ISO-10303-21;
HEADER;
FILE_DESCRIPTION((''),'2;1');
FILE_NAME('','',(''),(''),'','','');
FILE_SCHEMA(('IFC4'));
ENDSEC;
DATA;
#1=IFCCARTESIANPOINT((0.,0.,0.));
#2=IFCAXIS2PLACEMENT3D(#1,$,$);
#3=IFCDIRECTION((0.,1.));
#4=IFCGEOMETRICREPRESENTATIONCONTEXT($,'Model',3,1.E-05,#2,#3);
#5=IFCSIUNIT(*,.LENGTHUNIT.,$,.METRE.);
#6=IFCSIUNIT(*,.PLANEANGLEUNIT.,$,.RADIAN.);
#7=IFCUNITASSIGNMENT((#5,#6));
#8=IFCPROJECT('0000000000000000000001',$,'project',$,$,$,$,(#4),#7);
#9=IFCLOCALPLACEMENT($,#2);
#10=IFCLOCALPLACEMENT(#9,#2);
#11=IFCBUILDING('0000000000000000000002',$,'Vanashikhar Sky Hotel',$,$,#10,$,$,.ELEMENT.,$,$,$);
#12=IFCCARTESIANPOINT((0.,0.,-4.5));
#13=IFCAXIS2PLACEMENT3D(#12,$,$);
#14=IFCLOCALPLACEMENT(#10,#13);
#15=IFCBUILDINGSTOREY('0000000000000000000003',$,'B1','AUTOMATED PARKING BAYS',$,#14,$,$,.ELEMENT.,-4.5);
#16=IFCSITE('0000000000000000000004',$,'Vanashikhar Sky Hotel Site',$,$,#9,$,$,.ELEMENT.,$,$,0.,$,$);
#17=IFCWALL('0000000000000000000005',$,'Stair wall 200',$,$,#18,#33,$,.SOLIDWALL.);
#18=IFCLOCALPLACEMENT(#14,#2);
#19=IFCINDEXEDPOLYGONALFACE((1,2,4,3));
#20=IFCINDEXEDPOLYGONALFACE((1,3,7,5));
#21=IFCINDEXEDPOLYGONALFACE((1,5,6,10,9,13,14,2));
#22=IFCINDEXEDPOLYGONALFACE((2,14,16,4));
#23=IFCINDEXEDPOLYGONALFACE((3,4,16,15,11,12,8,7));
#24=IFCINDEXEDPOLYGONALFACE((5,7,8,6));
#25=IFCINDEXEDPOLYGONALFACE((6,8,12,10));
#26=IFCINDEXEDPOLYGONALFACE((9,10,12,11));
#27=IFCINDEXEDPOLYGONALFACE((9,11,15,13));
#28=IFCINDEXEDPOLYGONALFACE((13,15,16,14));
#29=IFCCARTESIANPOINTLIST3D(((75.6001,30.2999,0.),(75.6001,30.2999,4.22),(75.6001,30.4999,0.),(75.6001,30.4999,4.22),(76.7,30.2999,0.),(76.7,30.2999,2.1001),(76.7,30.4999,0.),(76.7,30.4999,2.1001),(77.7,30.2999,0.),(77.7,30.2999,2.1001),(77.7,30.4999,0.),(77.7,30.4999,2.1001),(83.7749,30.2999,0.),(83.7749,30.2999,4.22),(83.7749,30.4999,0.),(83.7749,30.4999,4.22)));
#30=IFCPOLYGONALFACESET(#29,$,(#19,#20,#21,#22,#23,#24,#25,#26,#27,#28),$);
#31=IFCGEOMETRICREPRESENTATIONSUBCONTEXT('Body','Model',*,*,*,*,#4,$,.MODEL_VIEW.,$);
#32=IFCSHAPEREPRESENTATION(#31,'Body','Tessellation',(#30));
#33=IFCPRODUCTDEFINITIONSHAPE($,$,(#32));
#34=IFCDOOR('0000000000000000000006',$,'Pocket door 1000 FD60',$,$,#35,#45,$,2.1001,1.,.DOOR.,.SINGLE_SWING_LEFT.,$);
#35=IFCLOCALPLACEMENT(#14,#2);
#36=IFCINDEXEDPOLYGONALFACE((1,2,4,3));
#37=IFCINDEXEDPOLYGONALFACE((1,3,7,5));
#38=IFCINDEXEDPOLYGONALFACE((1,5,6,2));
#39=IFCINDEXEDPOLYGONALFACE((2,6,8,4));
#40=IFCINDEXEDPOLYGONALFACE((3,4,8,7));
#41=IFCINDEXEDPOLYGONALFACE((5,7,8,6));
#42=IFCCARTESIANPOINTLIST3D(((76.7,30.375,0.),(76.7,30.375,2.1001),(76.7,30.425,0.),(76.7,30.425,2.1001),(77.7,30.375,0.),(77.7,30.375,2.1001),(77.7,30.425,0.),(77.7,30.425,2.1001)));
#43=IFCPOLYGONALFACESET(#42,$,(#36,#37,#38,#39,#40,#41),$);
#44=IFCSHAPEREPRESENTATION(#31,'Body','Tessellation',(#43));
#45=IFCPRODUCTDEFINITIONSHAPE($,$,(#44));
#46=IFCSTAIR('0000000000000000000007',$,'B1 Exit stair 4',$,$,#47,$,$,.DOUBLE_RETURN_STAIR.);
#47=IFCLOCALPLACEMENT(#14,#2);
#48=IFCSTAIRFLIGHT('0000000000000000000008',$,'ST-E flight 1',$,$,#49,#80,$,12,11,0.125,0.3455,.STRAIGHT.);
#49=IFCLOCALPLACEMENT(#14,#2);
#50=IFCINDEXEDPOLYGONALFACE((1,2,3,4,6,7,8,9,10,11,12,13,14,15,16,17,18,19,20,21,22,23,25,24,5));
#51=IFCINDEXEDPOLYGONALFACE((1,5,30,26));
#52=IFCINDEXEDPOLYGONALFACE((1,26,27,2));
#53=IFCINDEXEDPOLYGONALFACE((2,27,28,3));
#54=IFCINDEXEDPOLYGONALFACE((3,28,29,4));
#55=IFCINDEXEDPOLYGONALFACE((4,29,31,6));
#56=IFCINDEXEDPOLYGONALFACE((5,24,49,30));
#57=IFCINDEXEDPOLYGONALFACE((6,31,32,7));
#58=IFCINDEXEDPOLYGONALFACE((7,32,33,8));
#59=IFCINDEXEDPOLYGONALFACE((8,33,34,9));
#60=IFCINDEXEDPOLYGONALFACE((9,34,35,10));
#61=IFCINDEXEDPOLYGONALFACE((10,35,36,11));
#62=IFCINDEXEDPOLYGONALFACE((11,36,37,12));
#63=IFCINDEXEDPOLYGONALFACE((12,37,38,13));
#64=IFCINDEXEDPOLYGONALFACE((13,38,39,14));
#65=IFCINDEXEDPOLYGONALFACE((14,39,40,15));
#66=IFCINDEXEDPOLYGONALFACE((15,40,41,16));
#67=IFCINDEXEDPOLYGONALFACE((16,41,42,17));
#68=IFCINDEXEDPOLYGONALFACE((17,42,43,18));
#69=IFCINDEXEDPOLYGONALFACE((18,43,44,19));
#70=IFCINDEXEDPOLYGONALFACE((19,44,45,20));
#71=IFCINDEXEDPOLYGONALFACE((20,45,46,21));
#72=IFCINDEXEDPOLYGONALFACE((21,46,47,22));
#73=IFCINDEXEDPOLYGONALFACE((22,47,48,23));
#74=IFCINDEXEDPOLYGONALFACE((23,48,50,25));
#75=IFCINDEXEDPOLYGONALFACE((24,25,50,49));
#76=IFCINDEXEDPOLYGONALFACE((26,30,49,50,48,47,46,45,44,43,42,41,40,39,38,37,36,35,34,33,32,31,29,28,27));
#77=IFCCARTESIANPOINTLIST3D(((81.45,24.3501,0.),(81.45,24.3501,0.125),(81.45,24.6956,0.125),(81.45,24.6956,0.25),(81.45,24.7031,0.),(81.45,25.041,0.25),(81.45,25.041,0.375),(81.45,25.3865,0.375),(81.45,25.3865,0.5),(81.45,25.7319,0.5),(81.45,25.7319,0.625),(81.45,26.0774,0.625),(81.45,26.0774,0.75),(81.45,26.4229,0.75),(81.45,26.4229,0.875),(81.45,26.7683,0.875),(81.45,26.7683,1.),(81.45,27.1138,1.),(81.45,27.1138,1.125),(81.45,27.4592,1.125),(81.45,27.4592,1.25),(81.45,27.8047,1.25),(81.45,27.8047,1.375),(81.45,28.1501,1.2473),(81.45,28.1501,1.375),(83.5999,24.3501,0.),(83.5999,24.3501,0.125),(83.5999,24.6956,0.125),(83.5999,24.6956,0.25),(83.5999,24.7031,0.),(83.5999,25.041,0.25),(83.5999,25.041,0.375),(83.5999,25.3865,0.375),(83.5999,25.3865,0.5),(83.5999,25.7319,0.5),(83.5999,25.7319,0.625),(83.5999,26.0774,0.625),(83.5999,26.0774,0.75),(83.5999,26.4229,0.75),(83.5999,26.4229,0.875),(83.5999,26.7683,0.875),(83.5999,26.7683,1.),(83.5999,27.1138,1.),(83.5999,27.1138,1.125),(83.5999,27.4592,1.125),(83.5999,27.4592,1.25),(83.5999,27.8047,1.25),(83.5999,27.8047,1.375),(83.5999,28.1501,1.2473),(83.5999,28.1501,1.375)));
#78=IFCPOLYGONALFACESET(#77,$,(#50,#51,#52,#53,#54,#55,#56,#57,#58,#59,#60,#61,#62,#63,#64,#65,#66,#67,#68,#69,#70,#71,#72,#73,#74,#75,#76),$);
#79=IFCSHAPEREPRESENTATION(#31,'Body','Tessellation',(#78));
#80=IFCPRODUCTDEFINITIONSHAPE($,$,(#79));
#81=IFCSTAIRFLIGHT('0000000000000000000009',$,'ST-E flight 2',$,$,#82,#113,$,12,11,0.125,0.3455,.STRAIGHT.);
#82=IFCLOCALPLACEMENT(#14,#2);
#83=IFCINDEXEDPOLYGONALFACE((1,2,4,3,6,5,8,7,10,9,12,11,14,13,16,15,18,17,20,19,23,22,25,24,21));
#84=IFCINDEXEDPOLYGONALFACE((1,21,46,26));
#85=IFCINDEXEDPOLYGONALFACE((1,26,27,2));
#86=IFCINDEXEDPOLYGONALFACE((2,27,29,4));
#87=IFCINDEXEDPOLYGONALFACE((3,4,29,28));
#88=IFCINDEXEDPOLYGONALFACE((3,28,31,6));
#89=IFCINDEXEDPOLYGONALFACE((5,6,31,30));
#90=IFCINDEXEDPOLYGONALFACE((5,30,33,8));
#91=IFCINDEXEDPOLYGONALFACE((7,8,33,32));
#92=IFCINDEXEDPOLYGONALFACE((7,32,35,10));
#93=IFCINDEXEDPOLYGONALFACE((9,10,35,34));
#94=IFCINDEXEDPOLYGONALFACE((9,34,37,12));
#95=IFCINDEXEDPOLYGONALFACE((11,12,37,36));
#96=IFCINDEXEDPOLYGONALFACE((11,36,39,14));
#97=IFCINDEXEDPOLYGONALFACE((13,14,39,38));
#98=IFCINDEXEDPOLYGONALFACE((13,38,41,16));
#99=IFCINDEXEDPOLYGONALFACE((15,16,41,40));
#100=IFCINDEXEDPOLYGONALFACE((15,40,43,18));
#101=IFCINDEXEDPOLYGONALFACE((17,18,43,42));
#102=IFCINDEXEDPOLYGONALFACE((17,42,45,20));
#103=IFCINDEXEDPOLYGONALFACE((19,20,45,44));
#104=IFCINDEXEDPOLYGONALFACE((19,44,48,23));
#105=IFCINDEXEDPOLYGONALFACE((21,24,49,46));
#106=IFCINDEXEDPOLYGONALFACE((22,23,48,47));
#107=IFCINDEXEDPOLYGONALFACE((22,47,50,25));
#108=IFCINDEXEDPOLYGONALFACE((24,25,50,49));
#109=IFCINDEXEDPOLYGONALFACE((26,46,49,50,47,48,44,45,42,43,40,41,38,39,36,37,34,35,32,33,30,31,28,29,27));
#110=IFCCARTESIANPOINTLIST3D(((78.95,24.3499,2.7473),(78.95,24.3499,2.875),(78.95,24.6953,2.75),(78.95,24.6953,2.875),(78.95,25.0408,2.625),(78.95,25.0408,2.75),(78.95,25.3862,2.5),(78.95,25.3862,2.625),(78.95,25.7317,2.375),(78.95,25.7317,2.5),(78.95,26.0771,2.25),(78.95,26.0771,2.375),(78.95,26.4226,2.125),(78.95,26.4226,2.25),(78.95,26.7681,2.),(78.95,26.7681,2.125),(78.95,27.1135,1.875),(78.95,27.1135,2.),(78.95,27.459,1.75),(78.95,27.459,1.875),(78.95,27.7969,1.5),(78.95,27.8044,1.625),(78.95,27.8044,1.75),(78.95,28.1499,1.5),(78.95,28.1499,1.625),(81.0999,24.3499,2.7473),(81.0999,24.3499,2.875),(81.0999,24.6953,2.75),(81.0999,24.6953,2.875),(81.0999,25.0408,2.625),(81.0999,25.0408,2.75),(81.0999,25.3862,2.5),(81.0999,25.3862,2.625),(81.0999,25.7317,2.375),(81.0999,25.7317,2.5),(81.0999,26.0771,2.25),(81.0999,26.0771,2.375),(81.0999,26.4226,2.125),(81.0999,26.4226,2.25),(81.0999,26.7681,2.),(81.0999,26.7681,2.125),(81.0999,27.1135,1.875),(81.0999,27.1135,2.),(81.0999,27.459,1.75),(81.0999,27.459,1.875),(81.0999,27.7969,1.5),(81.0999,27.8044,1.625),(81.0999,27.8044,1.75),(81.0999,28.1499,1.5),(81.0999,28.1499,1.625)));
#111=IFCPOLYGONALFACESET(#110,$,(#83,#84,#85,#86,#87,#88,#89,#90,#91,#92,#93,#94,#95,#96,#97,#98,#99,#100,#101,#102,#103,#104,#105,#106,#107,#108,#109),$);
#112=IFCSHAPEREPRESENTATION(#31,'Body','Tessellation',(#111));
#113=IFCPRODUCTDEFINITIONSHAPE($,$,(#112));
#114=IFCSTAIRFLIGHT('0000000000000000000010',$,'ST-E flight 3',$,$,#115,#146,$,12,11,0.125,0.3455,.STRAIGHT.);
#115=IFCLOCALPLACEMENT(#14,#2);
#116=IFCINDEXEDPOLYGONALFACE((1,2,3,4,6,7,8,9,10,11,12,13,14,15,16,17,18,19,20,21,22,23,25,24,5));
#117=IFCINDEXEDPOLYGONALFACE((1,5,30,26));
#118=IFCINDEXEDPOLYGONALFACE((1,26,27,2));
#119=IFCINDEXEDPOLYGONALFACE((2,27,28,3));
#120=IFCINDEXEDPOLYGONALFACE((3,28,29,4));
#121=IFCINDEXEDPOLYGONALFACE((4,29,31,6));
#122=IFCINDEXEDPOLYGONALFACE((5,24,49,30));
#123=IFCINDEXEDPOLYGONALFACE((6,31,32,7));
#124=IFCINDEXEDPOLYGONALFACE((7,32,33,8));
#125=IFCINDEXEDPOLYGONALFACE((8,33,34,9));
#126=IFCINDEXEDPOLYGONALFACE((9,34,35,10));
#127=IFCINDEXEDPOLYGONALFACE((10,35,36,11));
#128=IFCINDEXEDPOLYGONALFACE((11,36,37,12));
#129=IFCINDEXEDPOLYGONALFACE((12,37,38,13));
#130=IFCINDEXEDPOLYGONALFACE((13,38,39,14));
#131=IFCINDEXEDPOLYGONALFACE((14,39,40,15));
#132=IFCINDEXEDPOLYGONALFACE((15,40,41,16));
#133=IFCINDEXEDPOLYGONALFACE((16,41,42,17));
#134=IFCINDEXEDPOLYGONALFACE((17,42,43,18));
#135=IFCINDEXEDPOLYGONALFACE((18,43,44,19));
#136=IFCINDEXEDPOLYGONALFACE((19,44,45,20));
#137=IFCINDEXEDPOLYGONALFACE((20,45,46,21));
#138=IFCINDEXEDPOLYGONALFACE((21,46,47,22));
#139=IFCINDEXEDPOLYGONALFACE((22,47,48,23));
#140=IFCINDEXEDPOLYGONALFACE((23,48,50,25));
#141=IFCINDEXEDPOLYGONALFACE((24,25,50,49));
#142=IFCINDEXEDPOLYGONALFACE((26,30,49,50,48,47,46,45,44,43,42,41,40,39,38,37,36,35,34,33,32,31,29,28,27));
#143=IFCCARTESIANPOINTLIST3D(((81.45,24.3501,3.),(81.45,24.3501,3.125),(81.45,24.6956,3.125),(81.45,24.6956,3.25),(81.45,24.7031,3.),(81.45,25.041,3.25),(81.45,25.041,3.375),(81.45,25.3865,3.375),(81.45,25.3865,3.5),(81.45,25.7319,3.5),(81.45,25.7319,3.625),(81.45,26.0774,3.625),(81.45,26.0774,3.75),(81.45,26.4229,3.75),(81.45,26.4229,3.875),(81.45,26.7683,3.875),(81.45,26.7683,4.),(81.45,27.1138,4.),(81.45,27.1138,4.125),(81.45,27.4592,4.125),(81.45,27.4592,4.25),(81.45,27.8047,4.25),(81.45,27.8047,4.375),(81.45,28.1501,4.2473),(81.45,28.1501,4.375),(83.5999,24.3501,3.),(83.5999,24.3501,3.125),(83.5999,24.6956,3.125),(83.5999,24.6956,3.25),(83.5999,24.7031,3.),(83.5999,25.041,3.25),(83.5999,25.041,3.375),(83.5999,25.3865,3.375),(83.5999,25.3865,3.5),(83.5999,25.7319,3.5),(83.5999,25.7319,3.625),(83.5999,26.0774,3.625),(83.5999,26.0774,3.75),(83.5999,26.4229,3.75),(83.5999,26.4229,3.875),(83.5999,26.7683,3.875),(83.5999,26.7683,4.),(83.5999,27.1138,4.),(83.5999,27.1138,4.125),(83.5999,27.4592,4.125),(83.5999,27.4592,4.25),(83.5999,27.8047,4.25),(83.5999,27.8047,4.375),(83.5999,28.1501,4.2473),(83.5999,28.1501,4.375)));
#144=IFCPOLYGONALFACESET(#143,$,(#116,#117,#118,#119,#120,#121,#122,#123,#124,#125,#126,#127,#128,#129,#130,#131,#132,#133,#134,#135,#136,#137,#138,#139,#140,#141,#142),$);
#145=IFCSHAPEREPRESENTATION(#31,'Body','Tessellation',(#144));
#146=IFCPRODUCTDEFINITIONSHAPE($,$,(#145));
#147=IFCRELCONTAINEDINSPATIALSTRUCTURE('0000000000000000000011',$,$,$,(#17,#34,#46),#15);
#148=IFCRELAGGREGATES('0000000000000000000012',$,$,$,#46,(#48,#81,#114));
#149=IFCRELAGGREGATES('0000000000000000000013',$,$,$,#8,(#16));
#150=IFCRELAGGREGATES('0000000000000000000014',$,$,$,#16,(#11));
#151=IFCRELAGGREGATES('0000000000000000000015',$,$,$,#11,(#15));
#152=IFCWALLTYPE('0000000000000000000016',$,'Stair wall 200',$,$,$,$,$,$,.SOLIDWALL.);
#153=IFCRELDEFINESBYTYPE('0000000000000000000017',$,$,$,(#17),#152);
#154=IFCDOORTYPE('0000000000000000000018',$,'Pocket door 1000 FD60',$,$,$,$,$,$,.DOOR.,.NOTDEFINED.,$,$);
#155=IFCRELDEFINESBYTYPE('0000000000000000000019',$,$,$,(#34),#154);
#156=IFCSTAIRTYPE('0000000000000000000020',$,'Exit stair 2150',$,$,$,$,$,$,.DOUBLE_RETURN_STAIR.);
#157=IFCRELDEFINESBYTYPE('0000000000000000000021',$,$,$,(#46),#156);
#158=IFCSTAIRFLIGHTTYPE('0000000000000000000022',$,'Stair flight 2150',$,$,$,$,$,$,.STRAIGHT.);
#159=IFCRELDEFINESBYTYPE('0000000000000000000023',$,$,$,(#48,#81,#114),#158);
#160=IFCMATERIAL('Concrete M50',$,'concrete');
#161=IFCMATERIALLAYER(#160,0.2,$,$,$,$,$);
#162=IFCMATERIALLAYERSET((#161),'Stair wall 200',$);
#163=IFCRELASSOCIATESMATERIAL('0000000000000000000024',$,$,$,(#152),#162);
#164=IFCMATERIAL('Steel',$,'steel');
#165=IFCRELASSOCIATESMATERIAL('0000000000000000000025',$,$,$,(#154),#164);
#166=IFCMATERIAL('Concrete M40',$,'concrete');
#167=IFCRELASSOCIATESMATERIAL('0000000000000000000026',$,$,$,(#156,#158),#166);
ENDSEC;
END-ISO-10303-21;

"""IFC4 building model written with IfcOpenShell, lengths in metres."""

from ifc_helpers import new_model, si_unit, direction, frame, frame_2d, origin, place, context, subcontext, project, spatial, polyline, rectangle, outline, extrude, source, transform, mapped, material, layer, layer_set, type_object, element, fill, aggregate, save


model = new_model("IFC4")

# Units and contexts
model_context = context("Model", 3, precision=1e-05, world=origin(), true_north=direction((0.0, 1.0)))
body_context = subcontext(model_context, "Body", "Model", "MODEL_VIEW")
ifc_project = project(units=[si_unit("LENGTHUNIT", "METRE"), si_unit("PLANEANGLEUNIT", "RADIAN")], contexts=[model_context])

# Site, building, storey
site_placement = place(None, origin())
site = spatial("IfcSite", under=ifc_project, at=site_placement, Name="Vanashikhar Sky Hotel Site", CompositionType="ELEMENT", RefElevation=0.0)
building_placement = place(site_placement, origin())
building = spatial("IfcBuilding", under=site, at=building_placement, Name="Vanashikhar Sky Hotel", CompositionType="ELEMENT")
storey_placement = place(building_placement, frame((0.0, 0.0, -4.5)))
storey = spatial("IfcBuildingStorey", under=building, at=storey_placement, Name="B1", Description="AUTOMATED PARKING BAYS", CompositionType="ELEMENT", Elevation=-4.5)

# Shared definitions
ifc_material_1 = material(Name="Concrete M40", Category="concrete")

# Wall, opening, door
ifc_material_2 = material(Name="Concrete M50", Category="concrete")
ifc_layer_1 = layer(ifc_material_2, 0.2)
ifc_layer_set_1 = layer_set([ifc_layer_1], Name="Stair wall 200")
wall_type_1 = type_object("IfcWallType", Name="Stair wall 200", PredefinedType="SOLIDWALL", material=ifc_layer_set_1)
ifc_material_3 = material(Name="Steel", Category="steel")
shared_shape_1 = source(origin(), body_context, "Body", "SweptSolid", [
    extrude(rectangle(XDim=8.1748, YDim=0.2, at=frame_2d((4.0874, 0.0))), origin(), (0.0, 0.0, 1.0), 4.22),
])
wall_1_placement = place(storey_placement, frame((83.7749, 30.3999, 0.0), z_axis=(0.0, 0.0, 1.0), x_axis=(-1.0, 0.0, 0.0)))
wall_1 = element("IfcWall", 1, at=wall_1_placement, inside=storey, type_object=wall_type_1, Name="Stair wall 200", PredefinedType="SOLIDWALL", context=body_context, shape_type="MappedRepresentation", body=[
    mapped(shared_shape_1, transform((0.0, 0.0, 0.0), scale=1.0)),
])
shared_shape_2 = source(origin(), body_context, "Body", "SweptSolid", [
    extrude(rectangle(XDim=1.0, YDim=2.1001, at=frame_2d((0.5, 1.05))), frame((0.0, 0.1099, 0.0), z_axis=(0.0, -1.0, 0.0), x_axis=(1.0, 0.0, 0.0)), (0.0, 0.0, 1.0), 0.22),
])
opening_1_placement = place(wall_1_placement, frame((6.075, 0.0, 0.0)))
opening_1 = element("IfcOpeningElement", 2, at=opening_1_placement, cuts=wall_1, PredefinedType="OPENING", context=body_context, shape_type="MappedRepresentation", body=[
    mapped(shared_shape_2, transform((0.0, 0.0, 0.0), scale=1.0)),
])
door_type_1 = type_object("IfcDoorType", Name="Pocket door 1000 FD60", OperationType="NOTDEFINED", PredefinedType="DOOR", material=ifc_material_3)
shared_shape_3 = source(origin(), body_context, "Body", "SweptSolid", [
    extrude(rectangle(XDim=1.0, YDim=2.1001, at=frame_2d((0.5, 1.05))), frame((0.0, 0.0249, 0.0), z_axis=(0.0, -1.0, 0.0), x_axis=(1.0, 0.0, 0.0)), (0.0, 0.0, 1.0), 0.05),
])
door_1_placement = place(opening_1_placement, origin())
door_1 = element("IfcDoor", 3, at=door_1_placement, inside=storey, type_object=door_type_1, Name="Pocket door 1000 FD60", OperationType="SINGLE_SWING_LEFT", OverallHeight=2.1001, OverallWidth=1.0, PredefinedType="DOOR", context=body_context, shape_type="MappedRepresentation", body=[
    mapped(shared_shape_3, transform((0.0, 0.0, 0.0), scale=1.0)),
])
fill(opening_1, door_1)

# Stair, stair flights
stair_type = type_object("IfcStairType", Name="Exit stair 2150", PredefinedType="DOUBLE_RETURN_STAIR", material=ifc_material_1)
stair_placement = place(storey_placement, origin())
stair = element("IfcStair", 4, at=stair_placement, inside=storey, type_object=stair_type, Name="B1 Exit stair 4", PredefinedType="DOUBLE_RETURN_STAIR")
stair_flight_type = type_object("IfcStairFlightType", Name="Stair flight 2150", PredefinedType="STRAIGHT", material=ifc_material_1)
shared_shape_4 = source(origin(), body_context, "Body", "SweptSolid", [
    extrude(outline(polyline([(0.0, 0.0), (0.0, 0.125), (0.3455, 0.125), (0.3455, 0.25), (0.6909, 0.25), (0.6909, 0.375), (1.0364, 0.375), (1.0364, 0.5), (1.3818, 0.5), (1.3818, 0.625), (1.7273, 0.625), (1.7273, 0.75), (2.0728, 0.75), (2.0728, 0.875), (2.4182, 0.875), (2.4182, 1.0), (2.7637, 1.0), (2.7637, 1.125), (3.1091, 1.125), (3.1091, 1.25), (3.4546, 1.25), (3.4546, 1.375), (3.8, 1.375), (3.8, 1.5), (3.8, 1.2473), (0.353, 0.0), (0.0, 0.0)])), frame((0.0, 1.075, 0.0), z_axis=(0.0, -1.0, 0.0), x_axis=(1.0, 0.0, 0.0)), (0.0, 0.0, 1.0), 2.1499),
])
stair_flight_1_placement = place(storey_placement, frame((82.5249, 24.3501, 0.0), z_axis=(0.0, 0.0, 1.0), x_axis=(0.0, 1.0, 0.0)))
stair_flight_1 = element("IfcStairFlight", 5, at=stair_flight_1_placement, type_object=stair_flight_type, Name="ST-E flight 1", NumberOfRisers=12, NumberOfTreads=11, PredefinedType="STRAIGHT", RiserHeight=0.125, TreadLength=0.3455, context=body_context, shape_type="MappedRepresentation", body=[
    mapped(shared_shape_4, transform((0.0, 0.0, 0.0), scale=1.0)),
])
stair_flight_2_placement = place(storey_placement, frame((80.0249, 28.1499, 1.5), z_axis=(0.0, 0.0, 1.0), x_axis=(0.0, -1.0, 0.0)))
stair_flight_2 = element("IfcStairFlight", 6, at=stair_flight_2_placement, type_object=stair_flight_type, Name="ST-E flight 2", NumberOfRisers=12, NumberOfTreads=11, PredefinedType="STRAIGHT", RiserHeight=0.125, TreadLength=0.3455, context=body_context, shape_type="MappedRepresentation", body=[
    mapped(shared_shape_4, transform((0.0, 0.0, 0.0), scale=1.0)),
])
stair_flight_3_placement = place(storey_placement, frame((82.5249, 24.3501, 3.0), z_axis=(0.0, 0.0, 1.0), x_axis=(0.0, 1.0, 0.0)))
stair_flight_3 = element("IfcStairFlight", 7, at=stair_flight_3_placement, type_object=stair_flight_type, Name="ST-E flight 3", NumberOfRisers=12, NumberOfTreads=11, PredefinedType="STRAIGHT", RiserHeight=0.125, TreadLength=0.3455, context=body_context, shape_type="MappedRepresentation", body=[
    mapped(shared_shape_4, transform((0.0, 0.0, 0.0), scale=1.0)),
])
aggregate(stair, [stair_flight_1, stair_flight_2, stair_flight_3])

save(model, "model.ifc")
